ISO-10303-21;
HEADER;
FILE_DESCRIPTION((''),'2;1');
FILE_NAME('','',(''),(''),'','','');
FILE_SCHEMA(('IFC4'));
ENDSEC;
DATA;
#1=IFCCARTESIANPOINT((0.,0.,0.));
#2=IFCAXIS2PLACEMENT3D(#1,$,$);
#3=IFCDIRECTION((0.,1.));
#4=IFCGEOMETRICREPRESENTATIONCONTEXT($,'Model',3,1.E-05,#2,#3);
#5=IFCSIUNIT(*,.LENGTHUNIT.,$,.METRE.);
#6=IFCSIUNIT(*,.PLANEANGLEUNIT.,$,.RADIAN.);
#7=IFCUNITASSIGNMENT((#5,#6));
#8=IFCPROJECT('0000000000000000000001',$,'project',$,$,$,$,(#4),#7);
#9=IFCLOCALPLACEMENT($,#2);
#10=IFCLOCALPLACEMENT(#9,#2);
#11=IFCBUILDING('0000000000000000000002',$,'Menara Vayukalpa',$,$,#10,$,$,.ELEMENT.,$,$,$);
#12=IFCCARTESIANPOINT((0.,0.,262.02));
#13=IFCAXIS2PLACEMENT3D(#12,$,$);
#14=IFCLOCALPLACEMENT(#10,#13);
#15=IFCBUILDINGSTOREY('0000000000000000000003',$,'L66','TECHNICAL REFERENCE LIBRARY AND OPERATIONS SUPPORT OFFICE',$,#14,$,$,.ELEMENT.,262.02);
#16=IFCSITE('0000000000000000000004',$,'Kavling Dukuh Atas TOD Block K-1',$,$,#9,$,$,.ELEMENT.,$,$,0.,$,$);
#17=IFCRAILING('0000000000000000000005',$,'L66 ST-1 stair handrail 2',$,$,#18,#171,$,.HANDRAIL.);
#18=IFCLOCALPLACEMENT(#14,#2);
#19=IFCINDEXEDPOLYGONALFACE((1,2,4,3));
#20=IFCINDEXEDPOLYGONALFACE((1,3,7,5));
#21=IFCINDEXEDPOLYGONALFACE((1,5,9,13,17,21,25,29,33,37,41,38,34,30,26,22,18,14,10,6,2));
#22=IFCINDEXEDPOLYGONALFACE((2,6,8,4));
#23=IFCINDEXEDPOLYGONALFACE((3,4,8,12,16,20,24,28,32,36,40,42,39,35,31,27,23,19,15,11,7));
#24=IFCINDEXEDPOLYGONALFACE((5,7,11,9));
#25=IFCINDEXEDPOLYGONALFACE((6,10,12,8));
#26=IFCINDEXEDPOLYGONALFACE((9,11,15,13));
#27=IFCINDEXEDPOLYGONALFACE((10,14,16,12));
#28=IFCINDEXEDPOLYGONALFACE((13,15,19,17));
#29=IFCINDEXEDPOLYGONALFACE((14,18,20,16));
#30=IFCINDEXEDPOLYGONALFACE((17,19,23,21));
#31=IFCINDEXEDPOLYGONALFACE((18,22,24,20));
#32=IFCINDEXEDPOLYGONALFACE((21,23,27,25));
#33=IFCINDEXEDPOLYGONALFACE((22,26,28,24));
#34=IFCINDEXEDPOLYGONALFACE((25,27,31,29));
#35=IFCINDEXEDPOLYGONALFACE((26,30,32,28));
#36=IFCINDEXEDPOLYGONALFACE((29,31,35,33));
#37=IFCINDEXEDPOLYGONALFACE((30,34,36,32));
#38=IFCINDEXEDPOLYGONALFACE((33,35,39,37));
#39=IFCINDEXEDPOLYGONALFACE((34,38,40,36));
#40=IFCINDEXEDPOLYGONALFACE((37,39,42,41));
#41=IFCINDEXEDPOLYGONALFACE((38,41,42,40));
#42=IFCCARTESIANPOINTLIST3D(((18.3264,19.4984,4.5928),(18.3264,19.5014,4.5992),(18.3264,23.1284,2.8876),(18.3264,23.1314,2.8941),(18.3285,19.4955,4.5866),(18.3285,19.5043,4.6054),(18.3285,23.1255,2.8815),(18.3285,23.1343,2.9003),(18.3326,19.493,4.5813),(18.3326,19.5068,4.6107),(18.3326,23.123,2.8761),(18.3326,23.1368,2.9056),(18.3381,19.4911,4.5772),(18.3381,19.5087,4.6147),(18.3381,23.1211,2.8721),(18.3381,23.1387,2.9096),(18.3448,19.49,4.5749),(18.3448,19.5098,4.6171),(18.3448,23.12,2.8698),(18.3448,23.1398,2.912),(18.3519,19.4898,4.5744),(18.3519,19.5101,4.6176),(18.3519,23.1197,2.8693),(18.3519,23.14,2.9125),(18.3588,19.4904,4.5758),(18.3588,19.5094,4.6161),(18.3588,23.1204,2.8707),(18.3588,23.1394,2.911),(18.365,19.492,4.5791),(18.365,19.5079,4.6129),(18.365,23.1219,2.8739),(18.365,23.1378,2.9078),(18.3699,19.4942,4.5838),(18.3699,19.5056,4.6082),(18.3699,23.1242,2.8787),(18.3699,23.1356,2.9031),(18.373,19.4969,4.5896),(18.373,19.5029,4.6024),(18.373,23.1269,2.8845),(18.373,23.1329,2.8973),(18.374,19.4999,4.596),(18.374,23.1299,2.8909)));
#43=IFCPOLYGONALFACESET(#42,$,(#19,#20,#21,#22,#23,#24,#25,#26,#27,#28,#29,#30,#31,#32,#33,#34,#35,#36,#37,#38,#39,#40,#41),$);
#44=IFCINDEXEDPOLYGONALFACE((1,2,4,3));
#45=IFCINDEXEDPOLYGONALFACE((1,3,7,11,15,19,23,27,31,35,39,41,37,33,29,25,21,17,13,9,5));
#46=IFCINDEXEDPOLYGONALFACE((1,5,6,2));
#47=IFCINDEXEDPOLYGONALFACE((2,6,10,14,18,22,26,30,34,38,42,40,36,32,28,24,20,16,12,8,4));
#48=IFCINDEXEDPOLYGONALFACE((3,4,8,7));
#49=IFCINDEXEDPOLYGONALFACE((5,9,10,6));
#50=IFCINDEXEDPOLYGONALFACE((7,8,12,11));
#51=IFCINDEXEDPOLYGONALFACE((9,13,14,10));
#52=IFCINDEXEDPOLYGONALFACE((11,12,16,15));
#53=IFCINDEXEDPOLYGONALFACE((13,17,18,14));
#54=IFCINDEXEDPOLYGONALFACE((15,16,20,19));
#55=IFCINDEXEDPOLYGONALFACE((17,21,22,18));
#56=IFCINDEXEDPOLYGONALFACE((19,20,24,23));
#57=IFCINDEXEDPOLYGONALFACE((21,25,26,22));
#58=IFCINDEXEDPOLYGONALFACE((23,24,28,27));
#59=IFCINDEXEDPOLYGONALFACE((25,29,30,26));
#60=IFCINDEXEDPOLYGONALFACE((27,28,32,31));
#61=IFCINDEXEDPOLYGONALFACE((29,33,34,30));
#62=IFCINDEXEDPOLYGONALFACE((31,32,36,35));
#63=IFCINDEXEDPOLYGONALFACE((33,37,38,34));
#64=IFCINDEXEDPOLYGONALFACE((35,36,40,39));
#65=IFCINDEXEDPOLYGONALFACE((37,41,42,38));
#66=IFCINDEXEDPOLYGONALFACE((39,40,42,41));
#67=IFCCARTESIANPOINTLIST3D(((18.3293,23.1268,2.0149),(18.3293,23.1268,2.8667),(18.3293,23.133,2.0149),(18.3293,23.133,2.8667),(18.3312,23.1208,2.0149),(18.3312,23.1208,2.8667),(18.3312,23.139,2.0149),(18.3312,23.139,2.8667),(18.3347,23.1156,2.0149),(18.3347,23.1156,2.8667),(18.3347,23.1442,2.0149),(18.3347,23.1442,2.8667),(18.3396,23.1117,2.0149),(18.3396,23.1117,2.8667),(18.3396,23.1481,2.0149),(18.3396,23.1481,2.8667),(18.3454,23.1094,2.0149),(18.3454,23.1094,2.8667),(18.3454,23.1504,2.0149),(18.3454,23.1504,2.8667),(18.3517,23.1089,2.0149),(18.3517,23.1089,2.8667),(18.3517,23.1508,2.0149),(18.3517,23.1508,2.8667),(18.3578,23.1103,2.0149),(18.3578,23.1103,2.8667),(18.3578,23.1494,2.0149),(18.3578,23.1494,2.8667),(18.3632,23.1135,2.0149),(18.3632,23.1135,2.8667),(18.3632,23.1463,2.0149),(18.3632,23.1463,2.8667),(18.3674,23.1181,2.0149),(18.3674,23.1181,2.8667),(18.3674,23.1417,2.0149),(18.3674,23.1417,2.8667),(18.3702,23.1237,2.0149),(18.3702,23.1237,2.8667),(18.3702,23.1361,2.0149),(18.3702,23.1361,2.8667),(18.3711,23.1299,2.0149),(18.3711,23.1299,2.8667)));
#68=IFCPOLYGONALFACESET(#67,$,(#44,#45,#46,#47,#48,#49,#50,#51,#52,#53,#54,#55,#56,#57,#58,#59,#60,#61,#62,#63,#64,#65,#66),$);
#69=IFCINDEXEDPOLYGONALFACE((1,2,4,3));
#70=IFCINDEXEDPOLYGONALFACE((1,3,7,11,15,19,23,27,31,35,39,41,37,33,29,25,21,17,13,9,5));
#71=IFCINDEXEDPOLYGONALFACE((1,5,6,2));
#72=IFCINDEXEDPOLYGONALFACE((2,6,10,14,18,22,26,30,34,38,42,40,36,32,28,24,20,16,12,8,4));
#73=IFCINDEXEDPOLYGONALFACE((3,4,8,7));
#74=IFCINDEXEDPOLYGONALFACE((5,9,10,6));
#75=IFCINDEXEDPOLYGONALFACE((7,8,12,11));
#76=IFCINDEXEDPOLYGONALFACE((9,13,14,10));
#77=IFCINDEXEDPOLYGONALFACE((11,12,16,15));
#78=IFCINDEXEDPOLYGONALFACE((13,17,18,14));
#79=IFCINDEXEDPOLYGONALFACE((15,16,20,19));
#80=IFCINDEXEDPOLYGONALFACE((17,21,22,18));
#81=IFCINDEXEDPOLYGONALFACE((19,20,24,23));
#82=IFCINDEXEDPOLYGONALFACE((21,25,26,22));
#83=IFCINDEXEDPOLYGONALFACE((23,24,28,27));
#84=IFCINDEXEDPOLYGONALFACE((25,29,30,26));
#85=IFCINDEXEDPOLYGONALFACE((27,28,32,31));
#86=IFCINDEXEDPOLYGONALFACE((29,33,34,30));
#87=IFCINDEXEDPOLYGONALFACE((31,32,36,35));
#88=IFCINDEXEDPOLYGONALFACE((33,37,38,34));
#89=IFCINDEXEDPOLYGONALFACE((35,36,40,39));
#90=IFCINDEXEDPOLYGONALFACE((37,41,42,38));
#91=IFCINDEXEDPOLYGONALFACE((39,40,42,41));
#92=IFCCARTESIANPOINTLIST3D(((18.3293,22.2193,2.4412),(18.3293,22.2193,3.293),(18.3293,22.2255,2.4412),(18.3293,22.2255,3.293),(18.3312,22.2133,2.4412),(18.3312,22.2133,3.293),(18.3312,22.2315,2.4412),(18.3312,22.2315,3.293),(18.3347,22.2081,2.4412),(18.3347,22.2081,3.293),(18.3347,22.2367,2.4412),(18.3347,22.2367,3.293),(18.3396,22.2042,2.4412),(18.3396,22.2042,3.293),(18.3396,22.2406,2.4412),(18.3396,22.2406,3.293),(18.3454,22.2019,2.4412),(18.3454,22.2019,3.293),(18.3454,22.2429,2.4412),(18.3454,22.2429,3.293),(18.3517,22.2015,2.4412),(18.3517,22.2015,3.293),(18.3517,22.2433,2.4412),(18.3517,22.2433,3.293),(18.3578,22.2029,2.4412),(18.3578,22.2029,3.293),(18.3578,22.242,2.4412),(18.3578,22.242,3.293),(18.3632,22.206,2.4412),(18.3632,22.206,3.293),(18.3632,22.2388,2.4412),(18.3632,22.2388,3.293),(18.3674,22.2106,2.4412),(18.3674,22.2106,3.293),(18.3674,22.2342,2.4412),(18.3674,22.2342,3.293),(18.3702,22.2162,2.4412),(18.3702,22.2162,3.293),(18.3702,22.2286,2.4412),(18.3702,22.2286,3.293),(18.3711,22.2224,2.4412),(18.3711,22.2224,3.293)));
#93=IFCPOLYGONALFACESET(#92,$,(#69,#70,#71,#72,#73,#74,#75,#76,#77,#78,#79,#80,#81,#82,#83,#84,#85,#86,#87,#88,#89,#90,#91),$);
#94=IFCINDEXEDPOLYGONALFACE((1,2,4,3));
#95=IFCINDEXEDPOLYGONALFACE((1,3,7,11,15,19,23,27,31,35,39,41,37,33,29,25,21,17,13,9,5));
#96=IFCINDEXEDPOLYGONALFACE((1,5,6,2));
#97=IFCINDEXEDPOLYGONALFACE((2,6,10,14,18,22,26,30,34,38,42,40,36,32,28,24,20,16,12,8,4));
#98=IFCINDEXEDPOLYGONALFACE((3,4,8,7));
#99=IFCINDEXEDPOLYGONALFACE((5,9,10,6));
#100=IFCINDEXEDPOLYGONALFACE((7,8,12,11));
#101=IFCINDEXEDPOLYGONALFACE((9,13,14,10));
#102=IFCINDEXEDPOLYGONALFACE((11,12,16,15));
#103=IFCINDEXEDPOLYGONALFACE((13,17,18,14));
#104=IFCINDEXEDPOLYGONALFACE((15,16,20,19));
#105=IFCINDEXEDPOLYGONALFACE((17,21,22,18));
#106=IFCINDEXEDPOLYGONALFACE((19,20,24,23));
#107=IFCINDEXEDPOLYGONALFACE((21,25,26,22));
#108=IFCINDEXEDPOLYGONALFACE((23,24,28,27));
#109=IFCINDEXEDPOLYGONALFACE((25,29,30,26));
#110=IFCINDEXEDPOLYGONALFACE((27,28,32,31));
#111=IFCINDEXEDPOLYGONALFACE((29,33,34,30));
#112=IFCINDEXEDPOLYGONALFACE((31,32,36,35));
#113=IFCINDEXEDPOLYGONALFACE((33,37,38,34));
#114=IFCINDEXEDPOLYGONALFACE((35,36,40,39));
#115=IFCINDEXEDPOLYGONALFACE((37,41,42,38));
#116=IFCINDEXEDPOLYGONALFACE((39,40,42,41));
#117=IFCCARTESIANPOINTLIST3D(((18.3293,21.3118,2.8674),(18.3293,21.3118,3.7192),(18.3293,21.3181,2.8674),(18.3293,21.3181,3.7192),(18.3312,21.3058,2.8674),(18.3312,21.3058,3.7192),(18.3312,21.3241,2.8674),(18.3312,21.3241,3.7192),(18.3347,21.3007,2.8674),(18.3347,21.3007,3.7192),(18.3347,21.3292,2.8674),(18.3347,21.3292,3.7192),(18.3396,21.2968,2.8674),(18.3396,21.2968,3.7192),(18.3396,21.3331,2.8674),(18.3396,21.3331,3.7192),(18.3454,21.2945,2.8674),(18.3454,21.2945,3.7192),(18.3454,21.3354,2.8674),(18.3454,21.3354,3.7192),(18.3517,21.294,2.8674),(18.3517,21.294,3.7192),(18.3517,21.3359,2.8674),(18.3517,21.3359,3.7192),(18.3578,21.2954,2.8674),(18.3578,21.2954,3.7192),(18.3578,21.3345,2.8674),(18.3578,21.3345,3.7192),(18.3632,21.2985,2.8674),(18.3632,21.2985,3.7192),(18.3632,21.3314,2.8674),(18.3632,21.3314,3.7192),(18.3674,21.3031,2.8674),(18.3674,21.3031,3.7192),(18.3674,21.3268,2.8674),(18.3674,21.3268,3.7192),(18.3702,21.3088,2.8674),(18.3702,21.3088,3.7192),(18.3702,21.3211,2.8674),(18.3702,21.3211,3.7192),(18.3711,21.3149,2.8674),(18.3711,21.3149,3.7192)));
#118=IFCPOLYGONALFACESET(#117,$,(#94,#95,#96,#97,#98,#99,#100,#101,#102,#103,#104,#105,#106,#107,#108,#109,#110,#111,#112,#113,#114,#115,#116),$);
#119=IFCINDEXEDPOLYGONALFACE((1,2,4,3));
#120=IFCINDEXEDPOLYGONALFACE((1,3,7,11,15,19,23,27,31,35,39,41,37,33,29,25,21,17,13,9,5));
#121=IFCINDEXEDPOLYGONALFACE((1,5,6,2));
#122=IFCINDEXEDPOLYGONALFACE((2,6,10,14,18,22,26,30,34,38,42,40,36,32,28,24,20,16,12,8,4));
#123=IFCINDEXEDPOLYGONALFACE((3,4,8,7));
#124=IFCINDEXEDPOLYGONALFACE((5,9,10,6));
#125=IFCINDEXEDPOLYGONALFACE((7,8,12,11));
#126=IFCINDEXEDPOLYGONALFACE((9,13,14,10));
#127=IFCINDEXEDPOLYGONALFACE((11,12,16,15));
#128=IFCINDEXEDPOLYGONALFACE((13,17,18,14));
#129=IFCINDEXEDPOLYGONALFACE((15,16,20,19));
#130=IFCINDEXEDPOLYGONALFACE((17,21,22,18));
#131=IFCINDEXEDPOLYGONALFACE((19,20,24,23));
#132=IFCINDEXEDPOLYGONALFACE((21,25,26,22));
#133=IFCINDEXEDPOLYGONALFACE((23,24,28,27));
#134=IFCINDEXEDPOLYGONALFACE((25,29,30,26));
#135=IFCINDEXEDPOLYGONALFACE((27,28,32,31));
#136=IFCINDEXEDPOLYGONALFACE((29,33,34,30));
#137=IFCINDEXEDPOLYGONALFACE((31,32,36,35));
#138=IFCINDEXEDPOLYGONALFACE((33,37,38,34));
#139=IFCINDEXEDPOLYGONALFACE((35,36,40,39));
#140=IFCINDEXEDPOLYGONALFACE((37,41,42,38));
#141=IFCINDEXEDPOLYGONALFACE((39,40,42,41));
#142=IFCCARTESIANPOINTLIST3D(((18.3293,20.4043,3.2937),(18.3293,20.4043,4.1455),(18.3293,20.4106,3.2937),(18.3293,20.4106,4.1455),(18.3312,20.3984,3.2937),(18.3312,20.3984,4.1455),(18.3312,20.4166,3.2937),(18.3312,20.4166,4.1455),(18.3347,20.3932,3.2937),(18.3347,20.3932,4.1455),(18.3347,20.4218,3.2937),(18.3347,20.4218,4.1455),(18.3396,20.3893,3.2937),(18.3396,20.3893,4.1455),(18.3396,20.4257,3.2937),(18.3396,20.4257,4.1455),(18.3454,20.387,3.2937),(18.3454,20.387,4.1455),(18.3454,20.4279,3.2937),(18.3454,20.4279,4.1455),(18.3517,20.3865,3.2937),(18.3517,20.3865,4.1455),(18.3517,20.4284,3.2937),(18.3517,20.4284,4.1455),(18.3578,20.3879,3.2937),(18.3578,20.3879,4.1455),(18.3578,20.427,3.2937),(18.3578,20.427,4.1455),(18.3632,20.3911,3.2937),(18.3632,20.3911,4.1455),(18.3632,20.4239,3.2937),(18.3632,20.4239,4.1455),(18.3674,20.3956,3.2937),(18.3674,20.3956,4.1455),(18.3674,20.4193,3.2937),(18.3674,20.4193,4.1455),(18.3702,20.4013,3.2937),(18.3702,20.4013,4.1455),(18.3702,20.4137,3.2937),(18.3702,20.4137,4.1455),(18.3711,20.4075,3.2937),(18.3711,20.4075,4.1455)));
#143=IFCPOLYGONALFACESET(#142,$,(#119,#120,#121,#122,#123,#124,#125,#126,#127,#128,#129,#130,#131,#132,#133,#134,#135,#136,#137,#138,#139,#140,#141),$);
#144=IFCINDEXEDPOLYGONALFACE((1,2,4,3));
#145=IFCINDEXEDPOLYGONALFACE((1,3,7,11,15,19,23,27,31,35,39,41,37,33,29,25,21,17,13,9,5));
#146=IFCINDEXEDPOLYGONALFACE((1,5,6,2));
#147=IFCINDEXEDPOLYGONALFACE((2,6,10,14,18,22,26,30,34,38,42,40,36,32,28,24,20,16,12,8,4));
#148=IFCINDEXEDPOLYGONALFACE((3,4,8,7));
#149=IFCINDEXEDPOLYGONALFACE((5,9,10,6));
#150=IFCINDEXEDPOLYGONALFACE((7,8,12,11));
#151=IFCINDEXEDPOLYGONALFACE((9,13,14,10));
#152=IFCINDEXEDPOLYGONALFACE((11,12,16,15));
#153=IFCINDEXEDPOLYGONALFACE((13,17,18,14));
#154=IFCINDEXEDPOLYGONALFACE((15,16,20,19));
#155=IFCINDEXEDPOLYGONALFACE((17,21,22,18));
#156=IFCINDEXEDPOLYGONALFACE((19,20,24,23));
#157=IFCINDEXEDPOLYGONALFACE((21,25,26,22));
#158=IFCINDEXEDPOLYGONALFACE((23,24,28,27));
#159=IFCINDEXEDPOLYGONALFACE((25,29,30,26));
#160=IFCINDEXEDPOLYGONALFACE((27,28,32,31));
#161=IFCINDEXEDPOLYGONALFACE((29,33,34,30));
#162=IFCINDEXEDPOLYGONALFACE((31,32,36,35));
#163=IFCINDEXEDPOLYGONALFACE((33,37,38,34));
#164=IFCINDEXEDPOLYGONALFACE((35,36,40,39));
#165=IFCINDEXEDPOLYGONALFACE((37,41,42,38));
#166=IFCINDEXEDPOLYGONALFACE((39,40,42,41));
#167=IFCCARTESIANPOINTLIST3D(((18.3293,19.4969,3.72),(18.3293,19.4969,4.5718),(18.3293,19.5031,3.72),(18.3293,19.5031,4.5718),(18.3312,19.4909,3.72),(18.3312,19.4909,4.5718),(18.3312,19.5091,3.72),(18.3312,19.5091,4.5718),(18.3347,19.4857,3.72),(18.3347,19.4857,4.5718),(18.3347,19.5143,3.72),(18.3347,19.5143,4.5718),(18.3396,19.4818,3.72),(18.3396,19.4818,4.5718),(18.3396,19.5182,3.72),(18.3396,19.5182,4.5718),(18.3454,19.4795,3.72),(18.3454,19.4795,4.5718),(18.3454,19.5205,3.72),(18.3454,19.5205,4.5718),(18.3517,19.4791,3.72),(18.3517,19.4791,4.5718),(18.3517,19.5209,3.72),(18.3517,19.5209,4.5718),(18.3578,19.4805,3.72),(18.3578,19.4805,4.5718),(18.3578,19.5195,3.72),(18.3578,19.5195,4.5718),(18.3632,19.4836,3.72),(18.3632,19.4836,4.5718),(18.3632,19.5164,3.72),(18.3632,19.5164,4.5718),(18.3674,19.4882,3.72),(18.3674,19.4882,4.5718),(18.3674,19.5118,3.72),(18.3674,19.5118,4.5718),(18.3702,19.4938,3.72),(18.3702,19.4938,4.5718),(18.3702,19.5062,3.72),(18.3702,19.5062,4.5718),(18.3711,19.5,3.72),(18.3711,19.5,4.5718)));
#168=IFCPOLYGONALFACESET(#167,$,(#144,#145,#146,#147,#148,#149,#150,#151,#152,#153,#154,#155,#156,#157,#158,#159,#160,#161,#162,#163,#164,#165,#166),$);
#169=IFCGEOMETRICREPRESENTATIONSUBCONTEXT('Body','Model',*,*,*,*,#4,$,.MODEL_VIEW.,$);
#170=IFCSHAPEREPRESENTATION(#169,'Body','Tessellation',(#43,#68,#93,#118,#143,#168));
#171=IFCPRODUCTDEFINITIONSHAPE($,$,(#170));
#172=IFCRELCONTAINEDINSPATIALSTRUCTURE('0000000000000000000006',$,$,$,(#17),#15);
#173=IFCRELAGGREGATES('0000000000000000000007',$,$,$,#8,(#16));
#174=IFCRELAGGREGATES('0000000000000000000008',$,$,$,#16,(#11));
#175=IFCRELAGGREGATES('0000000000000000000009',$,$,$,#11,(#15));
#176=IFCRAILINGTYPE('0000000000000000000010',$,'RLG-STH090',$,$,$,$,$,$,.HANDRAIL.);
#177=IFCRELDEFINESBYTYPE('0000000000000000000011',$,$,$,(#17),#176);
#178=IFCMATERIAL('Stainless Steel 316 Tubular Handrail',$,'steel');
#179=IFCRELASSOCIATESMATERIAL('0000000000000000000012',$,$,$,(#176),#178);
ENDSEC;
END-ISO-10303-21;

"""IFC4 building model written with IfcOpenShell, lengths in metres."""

from ifc_helpers import new_model, si_unit, direction, frame, origin, origin_2d, place, context, subcontext, project, spatial, circle, extrude, material, type_object, element, save


model = new_model("IFC4")

# Units and contexts
model_context = context("Model", 3, precision=1e-05, world=origin(), true_north=direction((0.0, 1.0)))
body_context = subcontext(model_context, "Body", "Model", "MODEL_VIEW")
ifc_project = project(units=[si_unit("LENGTHUNIT", "METRE"), si_unit("PLANEANGLEUNIT", "RADIAN")], contexts=[model_context])

# Site, building, storey
site_placement = place(None, origin())
site = spatial("IfcSite", under=ifc_project, at=site_placement, Name="Kavling Dukuh Atas TOD Block K-1", CompositionType="ELEMENT", RefElevation=0.0)
building_placement = place(site_placement, origin())
building = spatial("IfcBuilding", under=site, at=building_placement, Name="Menara Vayukalpa", CompositionType="ELEMENT")
storey_placement = place(building_placement, frame((0.0, 0.0, 262.02)))
storey = spatial("IfcBuildingStorey", under=building, at=storey_placement, Name="L66", Description="TECHNICAL REFERENCE LIBRARY AND OPERATIONS SUPPORT OFFICE", CompositionType="ELEMENT", Elevation=262.02)

# Railing
ifc_material_1 = material(Name="Stainless Steel 316 Tubular Handrail", Category="steel")
railing_type_1 = type_object("IfcRailingType", Name="RLG-STH090", PredefinedType="HANDRAIL", material=ifc_material_1)
railing_1_placement = place(storey_placement, frame((18.3501, 23.1299, 2.0149)))
element("IfcRailing", 1, at=railing_1_placement, inside=storey, type_object=railing_type_1, Name="L66 ST-1 stair handrail 2", PredefinedType="HANDRAIL", context=body_context, shape_type="SweptSolid", body=[
    extrude(circle(Radius=0.0239, at=origin_2d()), frame((0.0, 0.0, 0.876), z_axis=(0.0, -0.905116, 0.425164), x_axis=(1.0, 0.0, 0.0)), (0.0, 0.0, 1.0), 4.0105),
    extrude(circle(Radius=0.021, at=origin_2d()), origin(), (0.0, 0.0, 1.0), 0.8518),
    extrude(circle(Radius=0.021, at=origin_2d()), frame((0.0, -0.9075, 0.4263)), (0.0, 0.0, 1.0), 0.8518),
    extrude(circle(Radius=0.021, at=origin_2d()), frame((0.0, -1.8149, 0.8525)), (0.0, 0.0, 1.0), 0.8518),
    extrude(circle(Radius=0.021, at=origin_2d()), frame((0.0, -2.7224, 1.2788)), (0.0, 0.0, 1.0), 0.8518),
    extrude(circle(Radius=0.021, at=origin_2d()), frame((0.0, -3.6299, 1.7051)), (0.0, 0.0, 1.0), 0.8518),
])

save(model, "model.ifc")
